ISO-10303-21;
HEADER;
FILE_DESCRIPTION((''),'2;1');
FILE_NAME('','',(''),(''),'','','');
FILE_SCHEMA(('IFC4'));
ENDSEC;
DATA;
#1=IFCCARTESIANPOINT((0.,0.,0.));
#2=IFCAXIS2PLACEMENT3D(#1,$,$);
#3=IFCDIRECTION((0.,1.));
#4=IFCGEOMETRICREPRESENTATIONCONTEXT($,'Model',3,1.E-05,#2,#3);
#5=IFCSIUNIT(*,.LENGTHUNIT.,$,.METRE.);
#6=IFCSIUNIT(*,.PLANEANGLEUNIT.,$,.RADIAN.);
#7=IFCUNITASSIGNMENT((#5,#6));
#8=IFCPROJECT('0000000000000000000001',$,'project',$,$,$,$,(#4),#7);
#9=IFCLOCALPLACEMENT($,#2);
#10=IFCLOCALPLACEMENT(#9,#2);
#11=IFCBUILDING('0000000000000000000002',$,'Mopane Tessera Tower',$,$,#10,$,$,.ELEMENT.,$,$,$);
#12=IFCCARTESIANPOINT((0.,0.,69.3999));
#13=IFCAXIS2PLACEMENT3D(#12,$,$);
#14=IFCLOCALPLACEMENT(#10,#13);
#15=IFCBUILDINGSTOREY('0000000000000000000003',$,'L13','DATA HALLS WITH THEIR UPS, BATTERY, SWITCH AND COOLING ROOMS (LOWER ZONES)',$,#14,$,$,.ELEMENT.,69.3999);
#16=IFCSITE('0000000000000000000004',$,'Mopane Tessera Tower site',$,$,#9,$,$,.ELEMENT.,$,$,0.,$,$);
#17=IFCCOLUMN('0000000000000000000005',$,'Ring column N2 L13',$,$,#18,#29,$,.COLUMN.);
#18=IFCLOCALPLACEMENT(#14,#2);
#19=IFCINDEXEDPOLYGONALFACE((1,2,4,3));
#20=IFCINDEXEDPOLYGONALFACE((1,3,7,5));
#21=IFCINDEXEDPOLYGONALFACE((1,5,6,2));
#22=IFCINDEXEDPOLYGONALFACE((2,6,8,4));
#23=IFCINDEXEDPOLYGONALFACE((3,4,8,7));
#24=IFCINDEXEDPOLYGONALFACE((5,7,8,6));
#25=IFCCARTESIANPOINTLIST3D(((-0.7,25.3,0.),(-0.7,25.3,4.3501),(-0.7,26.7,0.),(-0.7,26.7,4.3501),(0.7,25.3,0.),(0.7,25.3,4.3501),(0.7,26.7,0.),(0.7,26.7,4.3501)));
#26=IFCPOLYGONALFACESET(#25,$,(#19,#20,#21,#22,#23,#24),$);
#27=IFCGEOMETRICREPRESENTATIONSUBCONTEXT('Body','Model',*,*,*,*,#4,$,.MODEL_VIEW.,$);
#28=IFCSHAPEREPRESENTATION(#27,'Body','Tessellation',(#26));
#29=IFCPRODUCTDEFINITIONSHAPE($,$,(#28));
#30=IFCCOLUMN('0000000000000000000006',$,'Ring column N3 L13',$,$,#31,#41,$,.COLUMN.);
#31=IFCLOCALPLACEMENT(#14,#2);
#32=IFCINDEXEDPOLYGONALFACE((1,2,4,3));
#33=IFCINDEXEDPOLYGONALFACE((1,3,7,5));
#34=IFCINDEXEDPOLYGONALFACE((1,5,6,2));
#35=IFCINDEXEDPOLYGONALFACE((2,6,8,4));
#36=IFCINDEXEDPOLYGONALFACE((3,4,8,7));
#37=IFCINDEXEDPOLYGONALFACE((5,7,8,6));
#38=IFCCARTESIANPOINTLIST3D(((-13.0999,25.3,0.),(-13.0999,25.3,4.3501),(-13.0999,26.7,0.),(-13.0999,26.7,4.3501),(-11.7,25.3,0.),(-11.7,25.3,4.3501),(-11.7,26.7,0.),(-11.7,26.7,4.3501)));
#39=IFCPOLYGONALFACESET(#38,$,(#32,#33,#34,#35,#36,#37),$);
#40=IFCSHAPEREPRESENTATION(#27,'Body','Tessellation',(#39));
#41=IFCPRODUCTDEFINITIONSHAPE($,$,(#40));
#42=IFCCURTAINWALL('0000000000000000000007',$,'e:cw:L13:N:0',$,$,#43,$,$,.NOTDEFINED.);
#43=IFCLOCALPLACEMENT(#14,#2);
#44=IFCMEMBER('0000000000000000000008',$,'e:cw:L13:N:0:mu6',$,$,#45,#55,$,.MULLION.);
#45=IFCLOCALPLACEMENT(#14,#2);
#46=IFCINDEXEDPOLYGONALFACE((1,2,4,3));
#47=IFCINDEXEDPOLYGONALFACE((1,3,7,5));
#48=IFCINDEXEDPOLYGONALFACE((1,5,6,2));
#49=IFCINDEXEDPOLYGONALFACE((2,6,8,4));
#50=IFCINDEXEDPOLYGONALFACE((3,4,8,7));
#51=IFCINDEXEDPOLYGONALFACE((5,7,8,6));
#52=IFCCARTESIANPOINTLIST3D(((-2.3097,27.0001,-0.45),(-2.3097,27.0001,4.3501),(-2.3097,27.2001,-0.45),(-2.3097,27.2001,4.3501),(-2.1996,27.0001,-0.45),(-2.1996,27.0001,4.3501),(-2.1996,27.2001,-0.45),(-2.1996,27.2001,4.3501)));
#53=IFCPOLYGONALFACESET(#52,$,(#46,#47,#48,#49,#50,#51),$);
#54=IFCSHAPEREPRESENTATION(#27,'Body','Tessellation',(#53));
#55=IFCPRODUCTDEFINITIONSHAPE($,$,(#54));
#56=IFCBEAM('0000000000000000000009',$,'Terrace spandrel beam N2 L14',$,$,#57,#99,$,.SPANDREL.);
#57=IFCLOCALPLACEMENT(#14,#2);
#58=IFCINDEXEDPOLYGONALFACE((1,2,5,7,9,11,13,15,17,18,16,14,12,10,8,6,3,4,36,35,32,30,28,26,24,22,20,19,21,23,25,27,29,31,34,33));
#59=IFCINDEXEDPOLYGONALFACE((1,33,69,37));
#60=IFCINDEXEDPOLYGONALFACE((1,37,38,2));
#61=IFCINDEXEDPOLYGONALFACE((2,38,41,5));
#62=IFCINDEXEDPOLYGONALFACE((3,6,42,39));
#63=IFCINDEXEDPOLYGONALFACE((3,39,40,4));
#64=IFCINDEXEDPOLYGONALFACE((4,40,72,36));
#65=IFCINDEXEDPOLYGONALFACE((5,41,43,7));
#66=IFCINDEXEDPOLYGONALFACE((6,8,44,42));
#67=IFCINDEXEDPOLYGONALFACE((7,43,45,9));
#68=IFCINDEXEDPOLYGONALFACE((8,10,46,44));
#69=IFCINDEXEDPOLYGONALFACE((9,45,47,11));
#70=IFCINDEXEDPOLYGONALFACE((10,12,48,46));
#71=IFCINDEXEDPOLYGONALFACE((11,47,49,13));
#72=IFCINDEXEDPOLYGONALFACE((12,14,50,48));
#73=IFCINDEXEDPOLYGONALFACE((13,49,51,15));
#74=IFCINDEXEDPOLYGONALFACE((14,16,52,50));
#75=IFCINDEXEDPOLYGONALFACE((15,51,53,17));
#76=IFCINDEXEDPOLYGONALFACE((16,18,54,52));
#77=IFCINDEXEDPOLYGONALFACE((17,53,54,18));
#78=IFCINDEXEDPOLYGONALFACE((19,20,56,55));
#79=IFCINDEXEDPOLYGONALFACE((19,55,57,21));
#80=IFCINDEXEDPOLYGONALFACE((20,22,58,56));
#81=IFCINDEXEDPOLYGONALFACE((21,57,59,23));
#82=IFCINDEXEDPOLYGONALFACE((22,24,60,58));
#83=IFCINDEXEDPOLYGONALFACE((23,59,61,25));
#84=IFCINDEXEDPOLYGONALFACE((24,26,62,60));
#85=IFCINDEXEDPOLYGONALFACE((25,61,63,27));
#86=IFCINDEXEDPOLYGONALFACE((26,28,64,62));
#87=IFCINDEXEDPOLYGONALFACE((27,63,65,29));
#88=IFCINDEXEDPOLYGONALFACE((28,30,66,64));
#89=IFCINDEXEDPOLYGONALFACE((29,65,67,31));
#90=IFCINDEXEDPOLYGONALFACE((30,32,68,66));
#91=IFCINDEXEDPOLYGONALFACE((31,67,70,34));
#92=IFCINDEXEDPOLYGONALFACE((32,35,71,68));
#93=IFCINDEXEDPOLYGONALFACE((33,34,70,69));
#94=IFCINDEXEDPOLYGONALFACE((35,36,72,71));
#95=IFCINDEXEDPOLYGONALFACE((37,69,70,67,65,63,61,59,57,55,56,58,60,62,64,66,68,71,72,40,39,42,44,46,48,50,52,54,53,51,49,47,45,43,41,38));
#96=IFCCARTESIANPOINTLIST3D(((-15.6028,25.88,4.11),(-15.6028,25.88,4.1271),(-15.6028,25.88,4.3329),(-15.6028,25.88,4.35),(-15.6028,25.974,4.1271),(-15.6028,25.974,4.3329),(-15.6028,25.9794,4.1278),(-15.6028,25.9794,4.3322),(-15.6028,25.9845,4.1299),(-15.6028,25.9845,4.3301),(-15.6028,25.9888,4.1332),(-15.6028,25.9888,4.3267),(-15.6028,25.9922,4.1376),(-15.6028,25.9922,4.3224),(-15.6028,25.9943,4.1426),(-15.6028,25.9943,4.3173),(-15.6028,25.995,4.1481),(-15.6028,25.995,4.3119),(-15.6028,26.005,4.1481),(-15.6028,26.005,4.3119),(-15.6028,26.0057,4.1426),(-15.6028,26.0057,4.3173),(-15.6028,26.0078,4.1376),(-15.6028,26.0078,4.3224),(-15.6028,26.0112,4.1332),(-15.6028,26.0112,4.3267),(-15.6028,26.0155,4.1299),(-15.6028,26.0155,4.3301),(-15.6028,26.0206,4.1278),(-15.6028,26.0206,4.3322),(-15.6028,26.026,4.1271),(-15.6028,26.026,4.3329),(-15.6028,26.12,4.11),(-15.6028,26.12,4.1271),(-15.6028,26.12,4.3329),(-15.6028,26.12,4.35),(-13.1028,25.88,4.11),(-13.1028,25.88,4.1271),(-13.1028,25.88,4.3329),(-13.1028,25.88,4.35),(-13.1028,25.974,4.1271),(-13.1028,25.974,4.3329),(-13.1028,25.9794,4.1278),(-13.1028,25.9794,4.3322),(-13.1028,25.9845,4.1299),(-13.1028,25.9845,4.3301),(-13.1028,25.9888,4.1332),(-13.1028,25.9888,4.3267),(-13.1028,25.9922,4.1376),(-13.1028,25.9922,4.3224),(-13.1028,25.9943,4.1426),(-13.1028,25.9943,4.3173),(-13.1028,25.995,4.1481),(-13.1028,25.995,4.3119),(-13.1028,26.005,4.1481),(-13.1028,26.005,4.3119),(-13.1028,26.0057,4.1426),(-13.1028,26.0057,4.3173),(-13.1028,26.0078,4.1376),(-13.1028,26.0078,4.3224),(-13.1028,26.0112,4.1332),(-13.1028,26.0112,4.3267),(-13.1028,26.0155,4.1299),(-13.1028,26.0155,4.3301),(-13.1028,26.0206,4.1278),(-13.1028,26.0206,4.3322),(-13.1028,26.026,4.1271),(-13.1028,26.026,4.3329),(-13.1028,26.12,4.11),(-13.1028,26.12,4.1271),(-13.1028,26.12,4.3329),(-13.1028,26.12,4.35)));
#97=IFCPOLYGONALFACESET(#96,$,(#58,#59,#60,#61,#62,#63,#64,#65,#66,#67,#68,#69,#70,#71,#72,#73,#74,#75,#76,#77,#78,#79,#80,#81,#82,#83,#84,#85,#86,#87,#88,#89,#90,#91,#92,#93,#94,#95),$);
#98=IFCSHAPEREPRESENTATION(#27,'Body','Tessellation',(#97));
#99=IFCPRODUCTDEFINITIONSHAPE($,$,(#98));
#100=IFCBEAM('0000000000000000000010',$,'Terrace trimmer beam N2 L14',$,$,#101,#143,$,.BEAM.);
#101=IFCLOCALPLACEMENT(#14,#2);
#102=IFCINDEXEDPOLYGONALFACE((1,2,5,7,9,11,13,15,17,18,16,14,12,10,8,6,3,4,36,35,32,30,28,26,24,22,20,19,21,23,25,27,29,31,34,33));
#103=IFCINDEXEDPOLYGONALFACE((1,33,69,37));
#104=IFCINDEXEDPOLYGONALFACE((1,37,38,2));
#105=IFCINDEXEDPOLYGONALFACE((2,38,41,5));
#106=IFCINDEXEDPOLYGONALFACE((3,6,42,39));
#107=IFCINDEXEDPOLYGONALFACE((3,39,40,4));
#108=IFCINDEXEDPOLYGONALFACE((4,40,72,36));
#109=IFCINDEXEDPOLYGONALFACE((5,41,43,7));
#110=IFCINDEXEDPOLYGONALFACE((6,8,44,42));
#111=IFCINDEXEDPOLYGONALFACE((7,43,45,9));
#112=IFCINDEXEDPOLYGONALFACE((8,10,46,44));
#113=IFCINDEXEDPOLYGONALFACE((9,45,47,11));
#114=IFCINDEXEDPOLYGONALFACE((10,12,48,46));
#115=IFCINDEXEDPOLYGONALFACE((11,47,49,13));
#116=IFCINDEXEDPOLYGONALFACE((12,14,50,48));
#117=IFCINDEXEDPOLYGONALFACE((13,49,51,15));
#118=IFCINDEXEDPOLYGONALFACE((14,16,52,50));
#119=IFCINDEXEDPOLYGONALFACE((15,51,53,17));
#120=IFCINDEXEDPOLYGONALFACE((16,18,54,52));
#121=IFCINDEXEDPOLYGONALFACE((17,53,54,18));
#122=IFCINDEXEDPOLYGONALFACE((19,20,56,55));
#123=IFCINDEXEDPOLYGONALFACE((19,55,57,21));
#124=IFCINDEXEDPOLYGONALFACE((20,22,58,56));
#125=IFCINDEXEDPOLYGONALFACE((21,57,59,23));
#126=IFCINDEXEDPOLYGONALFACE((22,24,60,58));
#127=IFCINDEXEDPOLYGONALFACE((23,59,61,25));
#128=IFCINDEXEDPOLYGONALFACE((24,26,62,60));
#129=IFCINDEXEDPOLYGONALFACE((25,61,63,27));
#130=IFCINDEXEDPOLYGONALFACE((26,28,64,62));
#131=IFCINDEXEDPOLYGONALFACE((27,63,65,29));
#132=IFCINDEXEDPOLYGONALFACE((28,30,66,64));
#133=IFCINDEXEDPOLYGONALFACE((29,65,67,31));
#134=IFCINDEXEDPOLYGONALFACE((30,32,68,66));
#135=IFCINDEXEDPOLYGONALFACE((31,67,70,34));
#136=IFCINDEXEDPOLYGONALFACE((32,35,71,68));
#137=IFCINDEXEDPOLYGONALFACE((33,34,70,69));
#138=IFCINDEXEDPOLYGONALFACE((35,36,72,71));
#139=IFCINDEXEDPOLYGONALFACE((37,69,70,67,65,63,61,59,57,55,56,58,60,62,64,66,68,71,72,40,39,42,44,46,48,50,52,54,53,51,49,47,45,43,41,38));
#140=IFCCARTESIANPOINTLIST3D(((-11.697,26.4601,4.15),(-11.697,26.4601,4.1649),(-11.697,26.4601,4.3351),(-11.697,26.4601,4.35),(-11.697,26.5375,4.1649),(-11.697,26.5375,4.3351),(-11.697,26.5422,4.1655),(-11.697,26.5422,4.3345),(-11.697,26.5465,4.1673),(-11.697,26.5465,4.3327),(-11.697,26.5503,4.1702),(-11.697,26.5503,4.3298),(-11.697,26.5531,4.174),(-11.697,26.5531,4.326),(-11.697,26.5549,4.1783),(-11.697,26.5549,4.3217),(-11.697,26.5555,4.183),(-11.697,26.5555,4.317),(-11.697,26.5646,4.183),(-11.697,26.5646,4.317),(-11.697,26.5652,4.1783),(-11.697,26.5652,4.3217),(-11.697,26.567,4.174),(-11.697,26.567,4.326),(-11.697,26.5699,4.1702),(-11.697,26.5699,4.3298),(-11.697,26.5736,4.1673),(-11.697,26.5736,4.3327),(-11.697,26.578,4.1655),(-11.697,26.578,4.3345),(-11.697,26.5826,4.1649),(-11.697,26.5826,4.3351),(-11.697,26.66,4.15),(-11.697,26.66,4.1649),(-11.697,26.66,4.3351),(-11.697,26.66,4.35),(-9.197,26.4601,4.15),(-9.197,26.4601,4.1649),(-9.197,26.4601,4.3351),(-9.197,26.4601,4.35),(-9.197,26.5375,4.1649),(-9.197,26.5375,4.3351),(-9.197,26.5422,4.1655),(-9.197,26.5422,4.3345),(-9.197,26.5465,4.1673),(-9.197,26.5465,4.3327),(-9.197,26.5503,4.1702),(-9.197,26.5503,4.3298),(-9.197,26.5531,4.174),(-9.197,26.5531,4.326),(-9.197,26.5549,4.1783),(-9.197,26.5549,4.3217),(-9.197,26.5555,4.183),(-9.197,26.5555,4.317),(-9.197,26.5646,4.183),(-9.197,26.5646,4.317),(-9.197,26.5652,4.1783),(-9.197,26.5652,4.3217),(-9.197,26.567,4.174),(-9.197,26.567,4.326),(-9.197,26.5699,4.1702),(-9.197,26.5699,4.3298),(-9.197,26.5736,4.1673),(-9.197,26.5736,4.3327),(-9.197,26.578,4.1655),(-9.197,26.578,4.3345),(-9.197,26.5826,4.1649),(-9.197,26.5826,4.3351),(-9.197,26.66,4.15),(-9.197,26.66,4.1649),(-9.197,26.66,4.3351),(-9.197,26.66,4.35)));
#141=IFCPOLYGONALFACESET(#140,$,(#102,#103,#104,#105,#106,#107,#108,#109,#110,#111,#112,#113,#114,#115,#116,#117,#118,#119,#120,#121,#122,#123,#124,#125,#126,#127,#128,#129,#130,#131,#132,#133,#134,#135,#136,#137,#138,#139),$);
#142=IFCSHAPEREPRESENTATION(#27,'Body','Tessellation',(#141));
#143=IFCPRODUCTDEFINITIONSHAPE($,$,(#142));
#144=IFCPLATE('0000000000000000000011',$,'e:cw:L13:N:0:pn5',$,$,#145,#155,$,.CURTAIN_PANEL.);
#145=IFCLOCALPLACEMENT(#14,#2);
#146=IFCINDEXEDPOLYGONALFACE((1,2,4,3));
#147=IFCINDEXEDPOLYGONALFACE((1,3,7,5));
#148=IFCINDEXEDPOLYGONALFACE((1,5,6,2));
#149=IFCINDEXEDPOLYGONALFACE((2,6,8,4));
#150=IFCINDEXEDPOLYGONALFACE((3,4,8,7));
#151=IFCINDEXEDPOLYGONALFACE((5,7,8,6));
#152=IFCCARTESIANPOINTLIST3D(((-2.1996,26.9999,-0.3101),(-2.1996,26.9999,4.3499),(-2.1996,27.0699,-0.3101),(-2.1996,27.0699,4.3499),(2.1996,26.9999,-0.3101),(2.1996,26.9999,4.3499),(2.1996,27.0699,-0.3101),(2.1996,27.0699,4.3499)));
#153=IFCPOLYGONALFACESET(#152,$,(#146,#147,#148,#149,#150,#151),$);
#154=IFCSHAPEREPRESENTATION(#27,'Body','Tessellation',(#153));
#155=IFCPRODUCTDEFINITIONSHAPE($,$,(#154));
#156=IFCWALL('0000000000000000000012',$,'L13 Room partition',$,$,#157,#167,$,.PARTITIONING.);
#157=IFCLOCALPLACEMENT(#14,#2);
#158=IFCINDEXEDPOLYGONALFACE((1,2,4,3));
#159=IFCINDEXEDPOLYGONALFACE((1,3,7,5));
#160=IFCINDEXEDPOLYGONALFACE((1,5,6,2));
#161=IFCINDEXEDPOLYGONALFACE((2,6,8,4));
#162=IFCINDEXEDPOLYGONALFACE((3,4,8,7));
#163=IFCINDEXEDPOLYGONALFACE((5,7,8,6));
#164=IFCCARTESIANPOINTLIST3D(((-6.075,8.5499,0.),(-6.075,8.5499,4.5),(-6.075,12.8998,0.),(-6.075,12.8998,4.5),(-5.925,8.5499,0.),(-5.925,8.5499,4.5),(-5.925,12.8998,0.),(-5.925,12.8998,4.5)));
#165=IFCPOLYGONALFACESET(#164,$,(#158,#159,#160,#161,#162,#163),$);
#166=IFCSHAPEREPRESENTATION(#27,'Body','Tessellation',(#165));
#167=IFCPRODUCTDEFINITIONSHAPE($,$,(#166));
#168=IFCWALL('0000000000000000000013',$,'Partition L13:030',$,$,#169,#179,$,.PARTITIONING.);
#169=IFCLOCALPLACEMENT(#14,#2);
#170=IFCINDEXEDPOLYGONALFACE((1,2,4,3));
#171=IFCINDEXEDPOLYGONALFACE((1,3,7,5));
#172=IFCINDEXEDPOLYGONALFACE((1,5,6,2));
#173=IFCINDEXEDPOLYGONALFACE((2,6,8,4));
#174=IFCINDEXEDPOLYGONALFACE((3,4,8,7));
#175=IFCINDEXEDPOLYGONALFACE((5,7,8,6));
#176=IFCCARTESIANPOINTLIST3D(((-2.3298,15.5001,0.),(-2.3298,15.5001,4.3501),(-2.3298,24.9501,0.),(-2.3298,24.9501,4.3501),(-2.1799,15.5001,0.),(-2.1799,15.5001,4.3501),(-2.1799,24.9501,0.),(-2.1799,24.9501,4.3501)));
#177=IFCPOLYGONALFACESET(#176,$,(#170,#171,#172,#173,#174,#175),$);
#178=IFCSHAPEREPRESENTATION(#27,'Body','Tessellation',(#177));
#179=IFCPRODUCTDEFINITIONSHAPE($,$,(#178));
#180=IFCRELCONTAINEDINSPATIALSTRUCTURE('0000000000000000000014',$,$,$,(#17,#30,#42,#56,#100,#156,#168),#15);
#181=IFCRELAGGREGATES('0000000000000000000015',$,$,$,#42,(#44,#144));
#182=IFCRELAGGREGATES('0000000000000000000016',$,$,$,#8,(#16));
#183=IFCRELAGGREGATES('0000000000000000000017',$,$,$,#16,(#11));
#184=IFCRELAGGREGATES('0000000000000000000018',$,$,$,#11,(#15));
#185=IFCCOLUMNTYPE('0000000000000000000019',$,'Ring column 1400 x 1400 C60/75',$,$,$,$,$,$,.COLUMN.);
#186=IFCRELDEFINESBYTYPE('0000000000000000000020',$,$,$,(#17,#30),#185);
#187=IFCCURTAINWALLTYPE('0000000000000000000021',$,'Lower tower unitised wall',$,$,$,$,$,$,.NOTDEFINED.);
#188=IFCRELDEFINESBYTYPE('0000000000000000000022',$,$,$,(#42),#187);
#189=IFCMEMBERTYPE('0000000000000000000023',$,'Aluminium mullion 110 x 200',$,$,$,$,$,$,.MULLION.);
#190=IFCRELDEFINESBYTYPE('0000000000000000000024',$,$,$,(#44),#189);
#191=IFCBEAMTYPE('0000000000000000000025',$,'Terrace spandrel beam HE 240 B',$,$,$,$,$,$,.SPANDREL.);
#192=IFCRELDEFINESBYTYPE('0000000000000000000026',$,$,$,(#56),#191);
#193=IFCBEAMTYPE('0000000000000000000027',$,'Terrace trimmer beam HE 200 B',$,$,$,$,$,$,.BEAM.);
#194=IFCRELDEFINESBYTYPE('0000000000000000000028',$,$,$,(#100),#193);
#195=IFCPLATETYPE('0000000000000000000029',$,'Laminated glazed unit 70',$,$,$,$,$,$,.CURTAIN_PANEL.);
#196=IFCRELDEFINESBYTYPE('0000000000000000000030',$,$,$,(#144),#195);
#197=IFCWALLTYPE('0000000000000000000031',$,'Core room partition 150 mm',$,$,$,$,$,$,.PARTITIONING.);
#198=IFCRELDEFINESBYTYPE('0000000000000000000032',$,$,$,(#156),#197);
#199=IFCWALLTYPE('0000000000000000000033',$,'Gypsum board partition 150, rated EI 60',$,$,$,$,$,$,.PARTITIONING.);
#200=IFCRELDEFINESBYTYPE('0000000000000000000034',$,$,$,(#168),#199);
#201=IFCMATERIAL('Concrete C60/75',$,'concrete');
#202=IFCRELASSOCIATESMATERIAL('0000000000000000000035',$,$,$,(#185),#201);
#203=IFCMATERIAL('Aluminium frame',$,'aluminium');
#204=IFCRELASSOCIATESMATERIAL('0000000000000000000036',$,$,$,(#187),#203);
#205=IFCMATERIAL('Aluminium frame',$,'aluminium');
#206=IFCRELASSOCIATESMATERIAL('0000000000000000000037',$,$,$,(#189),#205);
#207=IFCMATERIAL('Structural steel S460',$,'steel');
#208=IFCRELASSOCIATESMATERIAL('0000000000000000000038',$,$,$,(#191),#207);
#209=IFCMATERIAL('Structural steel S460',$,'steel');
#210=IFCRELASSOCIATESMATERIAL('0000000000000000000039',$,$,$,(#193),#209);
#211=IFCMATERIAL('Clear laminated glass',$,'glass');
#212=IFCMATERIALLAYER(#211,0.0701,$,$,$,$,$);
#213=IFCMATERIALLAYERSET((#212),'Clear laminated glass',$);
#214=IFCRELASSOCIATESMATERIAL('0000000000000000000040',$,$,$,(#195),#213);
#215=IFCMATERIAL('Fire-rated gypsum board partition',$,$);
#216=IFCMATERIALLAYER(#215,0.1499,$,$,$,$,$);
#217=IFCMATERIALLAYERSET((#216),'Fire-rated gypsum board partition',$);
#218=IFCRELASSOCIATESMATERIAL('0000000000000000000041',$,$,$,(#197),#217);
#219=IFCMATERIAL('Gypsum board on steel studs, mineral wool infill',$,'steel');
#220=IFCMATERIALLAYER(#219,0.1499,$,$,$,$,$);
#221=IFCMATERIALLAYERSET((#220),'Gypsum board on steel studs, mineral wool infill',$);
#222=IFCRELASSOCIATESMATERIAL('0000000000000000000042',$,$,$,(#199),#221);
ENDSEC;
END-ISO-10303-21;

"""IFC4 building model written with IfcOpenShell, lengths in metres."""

from ifc_helpers import new_model, si_unit, direction, frame, frame_2d, origin, origin_2d, place, context, subcontext, project, spatial, rectangle, i_section, extrude, material, layer, layer_set, material_profile, profile_set, type_object, element, aggregate, save


model = new_model("IFC4")

# Units and contexts
model_context = context("Model", 3, precision=1e-05, world=origin(), true_north=direction((0.0, 1.0)))
body_context = subcontext(model_context, "Body", "Model", "MODEL_VIEW")
ifc_project = project(units=[si_unit("LENGTHUNIT", "METRE"), si_unit("PLANEANGLEUNIT", "RADIAN")], contexts=[model_context])

# Site, building, storey
site_placement = place(None, origin())
site = spatial("IfcSite", under=ifc_project, at=site_placement, Name="Mopane Tessera Tower site", CompositionType="ELEMENT", RefElevation=0.0)
building_placement = place(site_placement, origin())
building = spatial("IfcBuilding", under=site, at=building_placement, Name="Mopane Tessera Tower", CompositionType="ELEMENT")
storey_placement = place(building_placement, frame((0.0, 0.0, 69.3999)))
storey = spatial("IfcBuildingStorey", under=building, at=storey_placement, Name="L13", Description="DATA HALLS WITH THEIR UPS, BATTERY, SWITCH AND COOLING ROOMS (LOWER ZONES)", CompositionType="ELEMENT", Elevation=69.3999)

# Columns
ifc_material_1 = material(Name="Concrete C60/75", Category="concrete")
ifc_material_profile_1 = material_profile(ifc_material_1, rectangle(XDim=1.3999, YDim=1.3999, at=origin_2d()))
ifc_profile_set_1 = profile_set([ifc_material_profile_1], Name="Concrete C60/75")
column_type = type_object("IfcColumnType", Name="Ring column 1400 x 1400 C60/75", PredefinedType="COLUMN", material=ifc_profile_set_1)
for number, where, z_axis, x_axis, name in (
    (1, (0.0, 26.0, 0.0), (0.0, 0.0, 1.0), (1.0, 0.0, 0.0), "Ring column N2 L13"),
    (2, (-12.3999, 26.0, 0.0), (0.0, 0.0, 1.0), (1.0, 0.0, 0.0), "Ring column N3 L13"),
):
    element("IfcColumn", number, at=place(storey_placement, frame(where, z_axis=z_axis, x_axis=x_axis)), inside=storey, type_object=column_type, Name=name, PredefinedType="COLUMN", context=body_context, shape_type="SweptSolid", body=[
        extrude(rectangle(XDim=1.3999, YDim=1.3999, at=origin_2d()), origin(), (0.0, 0.0, 1.0), 4.3501),
    ])

# Curtain wall, member
ifc_material_2 = material(Name="Aluminium frame", Category="aluminium")
curtain_wall_type = type_object("IfcCurtainWallType", Name="Lower tower unitised wall", PredefinedType="NOTDEFINED", material=ifc_material_2)
curtain_wall_placement = place(storey_placement, origin())
curtain_wall = element("IfcCurtainWall", 3, at=curtain_wall_placement, inside=storey, type_object=curtain_wall_type, Name="e:cw:L13:N:0", PredefinedType="NOTDEFINED")
ifc_material_3 = material(Name="Aluminium frame", Category="aluminium")
ifc_material_profile_2 = material_profile(ifc_material_3, rectangle(XDim=0.1101, YDim=0.2, at=origin_2d()))
ifc_profile_set_2 = profile_set([ifc_material_profile_2], Name="Aluminium frame")
member_type = type_object("IfcMemberType", Name="Aluminium mullion 110 x 200", PredefinedType="MULLION", material=ifc_profile_set_2)
member_placement = place(storey_placement, frame((-2.2546, 27.1001, -0.45), z_axis=(0.0, 0.0, 1.0), x_axis=(-1.0, 0.0, 0.0)))
member = element("IfcMember", 4, at=member_placement, type_object=member_type, Name="e:cw:L13:N:0:mu6", PredefinedType="MULLION", context=body_context, shape_type="SweptSolid", body=[
    extrude(rectangle(XDim=0.1101, YDim=0.2, at=origin_2d()), origin(), (0.0, 0.0, 1.0), 4.8),
])

# Beams
ifc_material_4 = material(Name="Structural steel S460", Category="steel")
ifc_material_profile_3 = material_profile(ifc_material_4, i_section(OverallWidth=0.24, OverallDepth=0.24, WebThickness=0.01, FlangeThickness=0.0171, FilletRadius=0.021, at=origin_2d()))
ifc_profile_set_3 = profile_set([ifc_material_profile_3], Name="Structural steel S460")
beam_type_1 = type_object("IfcBeamType", Name="Terrace spandrel beam HE 240 B", PredefinedType="SPANDREL", material=ifc_profile_set_3)
beam_1_placement = place(storey_placement, frame((-13.1028, 26.0, 4.23), z_axis=(-1.0, 0.0, 0.0), x_axis=(0.0, -1.0, 0.0)))
element("IfcBeam", 5, at=beam_1_placement, inside=storey, type_object=beam_type_1, Name="Terrace spandrel beam N2 L14", PredefinedType="SPANDREL", context=body_context, shape_type="SweptSolid", body=[
    extrude(i_section(OverallWidth=0.24, OverallDepth=0.24, WebThickness=0.01, FlangeThickness=0.0171, FilletRadius=0.021, at=origin_2d()), origin(), (0.0, 0.0, 1.0), 2.5),
])
ifc_material_5 = material(Name="Structural steel S460", Category="steel")
ifc_material_profile_4 = material_profile(ifc_material_5, i_section(OverallWidth=0.2, OverallDepth=0.2, WebThickness=0.009, FlangeThickness=0.0149, FilletRadius=0.0181, at=origin_2d()))
ifc_profile_set_4 = profile_set([ifc_material_profile_4], Name="Structural steel S460")
beam_type_2 = type_object("IfcBeamType", Name="Terrace trimmer beam HE 200 B", PredefinedType="BEAM", material=ifc_profile_set_4)
beam_2_placement = place(storey_placement, frame((-11.697, 26.5601, 4.25), z_axis=(1.0, 0.0, 0.0), x_axis=(0.0, 1.0, 0.0)))
element("IfcBeam", 6, at=beam_2_placement, inside=storey, type_object=beam_type_2, Name="Terrace trimmer beam N2 L14", PredefinedType="BEAM", context=body_context, shape_type="SweptSolid", body=[
    extrude(i_section(OverallWidth=0.2, OverallDepth=0.2, WebThickness=0.009, FlangeThickness=0.0149, FilletRadius=0.0181, at=origin_2d()), origin(), (0.0, 0.0, 1.0), 2.5),
])

# Plate
ifc_material_6 = material(Name="Clear laminated glass", Category="glass")
ifc_layer_1 = layer(ifc_material_6, 0.0701)
ifc_layer_set_1 = layer_set([ifc_layer_1], Name="Clear laminated glass")
plate_type = type_object("IfcPlateType", Name="Laminated glazed unit 70", PredefinedType="CURTAIN_PANEL", material=ifc_layer_set_1)
plate_placement = place(storey_placement, frame((0.0, 27.0349, -0.3101), z_axis=(0.0, 0.0, 1.0), x_axis=(-1.0, 0.0, 0.0)))
plate = element("IfcPlate", 7, at=plate_placement, type_object=plate_type, Name="e:cw:L13:N:0:pn5", PredefinedType="CURTAIN_PANEL", context=body_context, shape_type="SweptSolid", body=[
    extrude(rectangle(XDim=4.3992, YDim=0.0701, at=origin_2d()), origin(), (0.0, 0.0, 1.0), 4.6599),
])
aggregate(curtain_wall, [member, plate])

# Walls
ifc_material_7 = material(Name="Fire-rated gypsum board partition")
ifc_layer_2 = layer(ifc_material_7, 0.1499)
ifc_layer_set_2 = layer_set([ifc_layer_2], Name="Fire-rated gypsum board partition")
wall_type_1 = type_object("IfcWallType", Name="Core room partition 150 mm", PredefinedType="PARTITIONING", material=ifc_layer_set_2)
wall_1_placement = place(storey_placement, frame((-6.0, 8.55, 0.0), z_axis=(0.0, 0.0, 1.0), x_axis=(0.0, 1.0, 0.0)))
element("IfcWall", 8, at=wall_1_placement, inside=storey, type_object=wall_type_1, Name="L13 Room partition", PredefinedType="PARTITIONING", context=body_context, shape_type="SweptSolid", body=[
    extrude(rectangle(XDim=4.3499, YDim=0.1499, at=frame_2d((2.1748, 0.0))), origin(), (0.0, 0.0, 1.0), 4.5),
])
ifc_material_8 = material(Name="Gypsum board on steel studs, mineral wool infill", Category="steel")
ifc_layer_3 = layer(ifc_material_8, 0.1499)
ifc_layer_set_3 = layer_set([ifc_layer_3], Name="Gypsum board on steel studs, mineral wool infill")
wall_type_2 = type_object("IfcWallType", Name="Gypsum board partition 150, rated EI 60", PredefinedType="PARTITIONING", material=ifc_layer_set_3)
wall_2_placement = place(storey_placement, frame((-2.2549, 15.5, 0.0), z_axis=(0.0, 0.0, 1.0), x_axis=(0.0, 1.0, 0.0)))
element("IfcWall", 9, at=wall_2_placement, inside=storey, type_object=wall_type_2, Name="Partition L13:030", PredefinedType="PARTITIONING", context=body_context, shape_type="SweptSolid", body=[
    extrude(rectangle(XDim=9.45, YDim=0.1499, at=frame_2d((4.7251, 0.0))), origin(), (0.0, 0.0, 1.0), 4.3501),
])

save(model, "model.ifc")
